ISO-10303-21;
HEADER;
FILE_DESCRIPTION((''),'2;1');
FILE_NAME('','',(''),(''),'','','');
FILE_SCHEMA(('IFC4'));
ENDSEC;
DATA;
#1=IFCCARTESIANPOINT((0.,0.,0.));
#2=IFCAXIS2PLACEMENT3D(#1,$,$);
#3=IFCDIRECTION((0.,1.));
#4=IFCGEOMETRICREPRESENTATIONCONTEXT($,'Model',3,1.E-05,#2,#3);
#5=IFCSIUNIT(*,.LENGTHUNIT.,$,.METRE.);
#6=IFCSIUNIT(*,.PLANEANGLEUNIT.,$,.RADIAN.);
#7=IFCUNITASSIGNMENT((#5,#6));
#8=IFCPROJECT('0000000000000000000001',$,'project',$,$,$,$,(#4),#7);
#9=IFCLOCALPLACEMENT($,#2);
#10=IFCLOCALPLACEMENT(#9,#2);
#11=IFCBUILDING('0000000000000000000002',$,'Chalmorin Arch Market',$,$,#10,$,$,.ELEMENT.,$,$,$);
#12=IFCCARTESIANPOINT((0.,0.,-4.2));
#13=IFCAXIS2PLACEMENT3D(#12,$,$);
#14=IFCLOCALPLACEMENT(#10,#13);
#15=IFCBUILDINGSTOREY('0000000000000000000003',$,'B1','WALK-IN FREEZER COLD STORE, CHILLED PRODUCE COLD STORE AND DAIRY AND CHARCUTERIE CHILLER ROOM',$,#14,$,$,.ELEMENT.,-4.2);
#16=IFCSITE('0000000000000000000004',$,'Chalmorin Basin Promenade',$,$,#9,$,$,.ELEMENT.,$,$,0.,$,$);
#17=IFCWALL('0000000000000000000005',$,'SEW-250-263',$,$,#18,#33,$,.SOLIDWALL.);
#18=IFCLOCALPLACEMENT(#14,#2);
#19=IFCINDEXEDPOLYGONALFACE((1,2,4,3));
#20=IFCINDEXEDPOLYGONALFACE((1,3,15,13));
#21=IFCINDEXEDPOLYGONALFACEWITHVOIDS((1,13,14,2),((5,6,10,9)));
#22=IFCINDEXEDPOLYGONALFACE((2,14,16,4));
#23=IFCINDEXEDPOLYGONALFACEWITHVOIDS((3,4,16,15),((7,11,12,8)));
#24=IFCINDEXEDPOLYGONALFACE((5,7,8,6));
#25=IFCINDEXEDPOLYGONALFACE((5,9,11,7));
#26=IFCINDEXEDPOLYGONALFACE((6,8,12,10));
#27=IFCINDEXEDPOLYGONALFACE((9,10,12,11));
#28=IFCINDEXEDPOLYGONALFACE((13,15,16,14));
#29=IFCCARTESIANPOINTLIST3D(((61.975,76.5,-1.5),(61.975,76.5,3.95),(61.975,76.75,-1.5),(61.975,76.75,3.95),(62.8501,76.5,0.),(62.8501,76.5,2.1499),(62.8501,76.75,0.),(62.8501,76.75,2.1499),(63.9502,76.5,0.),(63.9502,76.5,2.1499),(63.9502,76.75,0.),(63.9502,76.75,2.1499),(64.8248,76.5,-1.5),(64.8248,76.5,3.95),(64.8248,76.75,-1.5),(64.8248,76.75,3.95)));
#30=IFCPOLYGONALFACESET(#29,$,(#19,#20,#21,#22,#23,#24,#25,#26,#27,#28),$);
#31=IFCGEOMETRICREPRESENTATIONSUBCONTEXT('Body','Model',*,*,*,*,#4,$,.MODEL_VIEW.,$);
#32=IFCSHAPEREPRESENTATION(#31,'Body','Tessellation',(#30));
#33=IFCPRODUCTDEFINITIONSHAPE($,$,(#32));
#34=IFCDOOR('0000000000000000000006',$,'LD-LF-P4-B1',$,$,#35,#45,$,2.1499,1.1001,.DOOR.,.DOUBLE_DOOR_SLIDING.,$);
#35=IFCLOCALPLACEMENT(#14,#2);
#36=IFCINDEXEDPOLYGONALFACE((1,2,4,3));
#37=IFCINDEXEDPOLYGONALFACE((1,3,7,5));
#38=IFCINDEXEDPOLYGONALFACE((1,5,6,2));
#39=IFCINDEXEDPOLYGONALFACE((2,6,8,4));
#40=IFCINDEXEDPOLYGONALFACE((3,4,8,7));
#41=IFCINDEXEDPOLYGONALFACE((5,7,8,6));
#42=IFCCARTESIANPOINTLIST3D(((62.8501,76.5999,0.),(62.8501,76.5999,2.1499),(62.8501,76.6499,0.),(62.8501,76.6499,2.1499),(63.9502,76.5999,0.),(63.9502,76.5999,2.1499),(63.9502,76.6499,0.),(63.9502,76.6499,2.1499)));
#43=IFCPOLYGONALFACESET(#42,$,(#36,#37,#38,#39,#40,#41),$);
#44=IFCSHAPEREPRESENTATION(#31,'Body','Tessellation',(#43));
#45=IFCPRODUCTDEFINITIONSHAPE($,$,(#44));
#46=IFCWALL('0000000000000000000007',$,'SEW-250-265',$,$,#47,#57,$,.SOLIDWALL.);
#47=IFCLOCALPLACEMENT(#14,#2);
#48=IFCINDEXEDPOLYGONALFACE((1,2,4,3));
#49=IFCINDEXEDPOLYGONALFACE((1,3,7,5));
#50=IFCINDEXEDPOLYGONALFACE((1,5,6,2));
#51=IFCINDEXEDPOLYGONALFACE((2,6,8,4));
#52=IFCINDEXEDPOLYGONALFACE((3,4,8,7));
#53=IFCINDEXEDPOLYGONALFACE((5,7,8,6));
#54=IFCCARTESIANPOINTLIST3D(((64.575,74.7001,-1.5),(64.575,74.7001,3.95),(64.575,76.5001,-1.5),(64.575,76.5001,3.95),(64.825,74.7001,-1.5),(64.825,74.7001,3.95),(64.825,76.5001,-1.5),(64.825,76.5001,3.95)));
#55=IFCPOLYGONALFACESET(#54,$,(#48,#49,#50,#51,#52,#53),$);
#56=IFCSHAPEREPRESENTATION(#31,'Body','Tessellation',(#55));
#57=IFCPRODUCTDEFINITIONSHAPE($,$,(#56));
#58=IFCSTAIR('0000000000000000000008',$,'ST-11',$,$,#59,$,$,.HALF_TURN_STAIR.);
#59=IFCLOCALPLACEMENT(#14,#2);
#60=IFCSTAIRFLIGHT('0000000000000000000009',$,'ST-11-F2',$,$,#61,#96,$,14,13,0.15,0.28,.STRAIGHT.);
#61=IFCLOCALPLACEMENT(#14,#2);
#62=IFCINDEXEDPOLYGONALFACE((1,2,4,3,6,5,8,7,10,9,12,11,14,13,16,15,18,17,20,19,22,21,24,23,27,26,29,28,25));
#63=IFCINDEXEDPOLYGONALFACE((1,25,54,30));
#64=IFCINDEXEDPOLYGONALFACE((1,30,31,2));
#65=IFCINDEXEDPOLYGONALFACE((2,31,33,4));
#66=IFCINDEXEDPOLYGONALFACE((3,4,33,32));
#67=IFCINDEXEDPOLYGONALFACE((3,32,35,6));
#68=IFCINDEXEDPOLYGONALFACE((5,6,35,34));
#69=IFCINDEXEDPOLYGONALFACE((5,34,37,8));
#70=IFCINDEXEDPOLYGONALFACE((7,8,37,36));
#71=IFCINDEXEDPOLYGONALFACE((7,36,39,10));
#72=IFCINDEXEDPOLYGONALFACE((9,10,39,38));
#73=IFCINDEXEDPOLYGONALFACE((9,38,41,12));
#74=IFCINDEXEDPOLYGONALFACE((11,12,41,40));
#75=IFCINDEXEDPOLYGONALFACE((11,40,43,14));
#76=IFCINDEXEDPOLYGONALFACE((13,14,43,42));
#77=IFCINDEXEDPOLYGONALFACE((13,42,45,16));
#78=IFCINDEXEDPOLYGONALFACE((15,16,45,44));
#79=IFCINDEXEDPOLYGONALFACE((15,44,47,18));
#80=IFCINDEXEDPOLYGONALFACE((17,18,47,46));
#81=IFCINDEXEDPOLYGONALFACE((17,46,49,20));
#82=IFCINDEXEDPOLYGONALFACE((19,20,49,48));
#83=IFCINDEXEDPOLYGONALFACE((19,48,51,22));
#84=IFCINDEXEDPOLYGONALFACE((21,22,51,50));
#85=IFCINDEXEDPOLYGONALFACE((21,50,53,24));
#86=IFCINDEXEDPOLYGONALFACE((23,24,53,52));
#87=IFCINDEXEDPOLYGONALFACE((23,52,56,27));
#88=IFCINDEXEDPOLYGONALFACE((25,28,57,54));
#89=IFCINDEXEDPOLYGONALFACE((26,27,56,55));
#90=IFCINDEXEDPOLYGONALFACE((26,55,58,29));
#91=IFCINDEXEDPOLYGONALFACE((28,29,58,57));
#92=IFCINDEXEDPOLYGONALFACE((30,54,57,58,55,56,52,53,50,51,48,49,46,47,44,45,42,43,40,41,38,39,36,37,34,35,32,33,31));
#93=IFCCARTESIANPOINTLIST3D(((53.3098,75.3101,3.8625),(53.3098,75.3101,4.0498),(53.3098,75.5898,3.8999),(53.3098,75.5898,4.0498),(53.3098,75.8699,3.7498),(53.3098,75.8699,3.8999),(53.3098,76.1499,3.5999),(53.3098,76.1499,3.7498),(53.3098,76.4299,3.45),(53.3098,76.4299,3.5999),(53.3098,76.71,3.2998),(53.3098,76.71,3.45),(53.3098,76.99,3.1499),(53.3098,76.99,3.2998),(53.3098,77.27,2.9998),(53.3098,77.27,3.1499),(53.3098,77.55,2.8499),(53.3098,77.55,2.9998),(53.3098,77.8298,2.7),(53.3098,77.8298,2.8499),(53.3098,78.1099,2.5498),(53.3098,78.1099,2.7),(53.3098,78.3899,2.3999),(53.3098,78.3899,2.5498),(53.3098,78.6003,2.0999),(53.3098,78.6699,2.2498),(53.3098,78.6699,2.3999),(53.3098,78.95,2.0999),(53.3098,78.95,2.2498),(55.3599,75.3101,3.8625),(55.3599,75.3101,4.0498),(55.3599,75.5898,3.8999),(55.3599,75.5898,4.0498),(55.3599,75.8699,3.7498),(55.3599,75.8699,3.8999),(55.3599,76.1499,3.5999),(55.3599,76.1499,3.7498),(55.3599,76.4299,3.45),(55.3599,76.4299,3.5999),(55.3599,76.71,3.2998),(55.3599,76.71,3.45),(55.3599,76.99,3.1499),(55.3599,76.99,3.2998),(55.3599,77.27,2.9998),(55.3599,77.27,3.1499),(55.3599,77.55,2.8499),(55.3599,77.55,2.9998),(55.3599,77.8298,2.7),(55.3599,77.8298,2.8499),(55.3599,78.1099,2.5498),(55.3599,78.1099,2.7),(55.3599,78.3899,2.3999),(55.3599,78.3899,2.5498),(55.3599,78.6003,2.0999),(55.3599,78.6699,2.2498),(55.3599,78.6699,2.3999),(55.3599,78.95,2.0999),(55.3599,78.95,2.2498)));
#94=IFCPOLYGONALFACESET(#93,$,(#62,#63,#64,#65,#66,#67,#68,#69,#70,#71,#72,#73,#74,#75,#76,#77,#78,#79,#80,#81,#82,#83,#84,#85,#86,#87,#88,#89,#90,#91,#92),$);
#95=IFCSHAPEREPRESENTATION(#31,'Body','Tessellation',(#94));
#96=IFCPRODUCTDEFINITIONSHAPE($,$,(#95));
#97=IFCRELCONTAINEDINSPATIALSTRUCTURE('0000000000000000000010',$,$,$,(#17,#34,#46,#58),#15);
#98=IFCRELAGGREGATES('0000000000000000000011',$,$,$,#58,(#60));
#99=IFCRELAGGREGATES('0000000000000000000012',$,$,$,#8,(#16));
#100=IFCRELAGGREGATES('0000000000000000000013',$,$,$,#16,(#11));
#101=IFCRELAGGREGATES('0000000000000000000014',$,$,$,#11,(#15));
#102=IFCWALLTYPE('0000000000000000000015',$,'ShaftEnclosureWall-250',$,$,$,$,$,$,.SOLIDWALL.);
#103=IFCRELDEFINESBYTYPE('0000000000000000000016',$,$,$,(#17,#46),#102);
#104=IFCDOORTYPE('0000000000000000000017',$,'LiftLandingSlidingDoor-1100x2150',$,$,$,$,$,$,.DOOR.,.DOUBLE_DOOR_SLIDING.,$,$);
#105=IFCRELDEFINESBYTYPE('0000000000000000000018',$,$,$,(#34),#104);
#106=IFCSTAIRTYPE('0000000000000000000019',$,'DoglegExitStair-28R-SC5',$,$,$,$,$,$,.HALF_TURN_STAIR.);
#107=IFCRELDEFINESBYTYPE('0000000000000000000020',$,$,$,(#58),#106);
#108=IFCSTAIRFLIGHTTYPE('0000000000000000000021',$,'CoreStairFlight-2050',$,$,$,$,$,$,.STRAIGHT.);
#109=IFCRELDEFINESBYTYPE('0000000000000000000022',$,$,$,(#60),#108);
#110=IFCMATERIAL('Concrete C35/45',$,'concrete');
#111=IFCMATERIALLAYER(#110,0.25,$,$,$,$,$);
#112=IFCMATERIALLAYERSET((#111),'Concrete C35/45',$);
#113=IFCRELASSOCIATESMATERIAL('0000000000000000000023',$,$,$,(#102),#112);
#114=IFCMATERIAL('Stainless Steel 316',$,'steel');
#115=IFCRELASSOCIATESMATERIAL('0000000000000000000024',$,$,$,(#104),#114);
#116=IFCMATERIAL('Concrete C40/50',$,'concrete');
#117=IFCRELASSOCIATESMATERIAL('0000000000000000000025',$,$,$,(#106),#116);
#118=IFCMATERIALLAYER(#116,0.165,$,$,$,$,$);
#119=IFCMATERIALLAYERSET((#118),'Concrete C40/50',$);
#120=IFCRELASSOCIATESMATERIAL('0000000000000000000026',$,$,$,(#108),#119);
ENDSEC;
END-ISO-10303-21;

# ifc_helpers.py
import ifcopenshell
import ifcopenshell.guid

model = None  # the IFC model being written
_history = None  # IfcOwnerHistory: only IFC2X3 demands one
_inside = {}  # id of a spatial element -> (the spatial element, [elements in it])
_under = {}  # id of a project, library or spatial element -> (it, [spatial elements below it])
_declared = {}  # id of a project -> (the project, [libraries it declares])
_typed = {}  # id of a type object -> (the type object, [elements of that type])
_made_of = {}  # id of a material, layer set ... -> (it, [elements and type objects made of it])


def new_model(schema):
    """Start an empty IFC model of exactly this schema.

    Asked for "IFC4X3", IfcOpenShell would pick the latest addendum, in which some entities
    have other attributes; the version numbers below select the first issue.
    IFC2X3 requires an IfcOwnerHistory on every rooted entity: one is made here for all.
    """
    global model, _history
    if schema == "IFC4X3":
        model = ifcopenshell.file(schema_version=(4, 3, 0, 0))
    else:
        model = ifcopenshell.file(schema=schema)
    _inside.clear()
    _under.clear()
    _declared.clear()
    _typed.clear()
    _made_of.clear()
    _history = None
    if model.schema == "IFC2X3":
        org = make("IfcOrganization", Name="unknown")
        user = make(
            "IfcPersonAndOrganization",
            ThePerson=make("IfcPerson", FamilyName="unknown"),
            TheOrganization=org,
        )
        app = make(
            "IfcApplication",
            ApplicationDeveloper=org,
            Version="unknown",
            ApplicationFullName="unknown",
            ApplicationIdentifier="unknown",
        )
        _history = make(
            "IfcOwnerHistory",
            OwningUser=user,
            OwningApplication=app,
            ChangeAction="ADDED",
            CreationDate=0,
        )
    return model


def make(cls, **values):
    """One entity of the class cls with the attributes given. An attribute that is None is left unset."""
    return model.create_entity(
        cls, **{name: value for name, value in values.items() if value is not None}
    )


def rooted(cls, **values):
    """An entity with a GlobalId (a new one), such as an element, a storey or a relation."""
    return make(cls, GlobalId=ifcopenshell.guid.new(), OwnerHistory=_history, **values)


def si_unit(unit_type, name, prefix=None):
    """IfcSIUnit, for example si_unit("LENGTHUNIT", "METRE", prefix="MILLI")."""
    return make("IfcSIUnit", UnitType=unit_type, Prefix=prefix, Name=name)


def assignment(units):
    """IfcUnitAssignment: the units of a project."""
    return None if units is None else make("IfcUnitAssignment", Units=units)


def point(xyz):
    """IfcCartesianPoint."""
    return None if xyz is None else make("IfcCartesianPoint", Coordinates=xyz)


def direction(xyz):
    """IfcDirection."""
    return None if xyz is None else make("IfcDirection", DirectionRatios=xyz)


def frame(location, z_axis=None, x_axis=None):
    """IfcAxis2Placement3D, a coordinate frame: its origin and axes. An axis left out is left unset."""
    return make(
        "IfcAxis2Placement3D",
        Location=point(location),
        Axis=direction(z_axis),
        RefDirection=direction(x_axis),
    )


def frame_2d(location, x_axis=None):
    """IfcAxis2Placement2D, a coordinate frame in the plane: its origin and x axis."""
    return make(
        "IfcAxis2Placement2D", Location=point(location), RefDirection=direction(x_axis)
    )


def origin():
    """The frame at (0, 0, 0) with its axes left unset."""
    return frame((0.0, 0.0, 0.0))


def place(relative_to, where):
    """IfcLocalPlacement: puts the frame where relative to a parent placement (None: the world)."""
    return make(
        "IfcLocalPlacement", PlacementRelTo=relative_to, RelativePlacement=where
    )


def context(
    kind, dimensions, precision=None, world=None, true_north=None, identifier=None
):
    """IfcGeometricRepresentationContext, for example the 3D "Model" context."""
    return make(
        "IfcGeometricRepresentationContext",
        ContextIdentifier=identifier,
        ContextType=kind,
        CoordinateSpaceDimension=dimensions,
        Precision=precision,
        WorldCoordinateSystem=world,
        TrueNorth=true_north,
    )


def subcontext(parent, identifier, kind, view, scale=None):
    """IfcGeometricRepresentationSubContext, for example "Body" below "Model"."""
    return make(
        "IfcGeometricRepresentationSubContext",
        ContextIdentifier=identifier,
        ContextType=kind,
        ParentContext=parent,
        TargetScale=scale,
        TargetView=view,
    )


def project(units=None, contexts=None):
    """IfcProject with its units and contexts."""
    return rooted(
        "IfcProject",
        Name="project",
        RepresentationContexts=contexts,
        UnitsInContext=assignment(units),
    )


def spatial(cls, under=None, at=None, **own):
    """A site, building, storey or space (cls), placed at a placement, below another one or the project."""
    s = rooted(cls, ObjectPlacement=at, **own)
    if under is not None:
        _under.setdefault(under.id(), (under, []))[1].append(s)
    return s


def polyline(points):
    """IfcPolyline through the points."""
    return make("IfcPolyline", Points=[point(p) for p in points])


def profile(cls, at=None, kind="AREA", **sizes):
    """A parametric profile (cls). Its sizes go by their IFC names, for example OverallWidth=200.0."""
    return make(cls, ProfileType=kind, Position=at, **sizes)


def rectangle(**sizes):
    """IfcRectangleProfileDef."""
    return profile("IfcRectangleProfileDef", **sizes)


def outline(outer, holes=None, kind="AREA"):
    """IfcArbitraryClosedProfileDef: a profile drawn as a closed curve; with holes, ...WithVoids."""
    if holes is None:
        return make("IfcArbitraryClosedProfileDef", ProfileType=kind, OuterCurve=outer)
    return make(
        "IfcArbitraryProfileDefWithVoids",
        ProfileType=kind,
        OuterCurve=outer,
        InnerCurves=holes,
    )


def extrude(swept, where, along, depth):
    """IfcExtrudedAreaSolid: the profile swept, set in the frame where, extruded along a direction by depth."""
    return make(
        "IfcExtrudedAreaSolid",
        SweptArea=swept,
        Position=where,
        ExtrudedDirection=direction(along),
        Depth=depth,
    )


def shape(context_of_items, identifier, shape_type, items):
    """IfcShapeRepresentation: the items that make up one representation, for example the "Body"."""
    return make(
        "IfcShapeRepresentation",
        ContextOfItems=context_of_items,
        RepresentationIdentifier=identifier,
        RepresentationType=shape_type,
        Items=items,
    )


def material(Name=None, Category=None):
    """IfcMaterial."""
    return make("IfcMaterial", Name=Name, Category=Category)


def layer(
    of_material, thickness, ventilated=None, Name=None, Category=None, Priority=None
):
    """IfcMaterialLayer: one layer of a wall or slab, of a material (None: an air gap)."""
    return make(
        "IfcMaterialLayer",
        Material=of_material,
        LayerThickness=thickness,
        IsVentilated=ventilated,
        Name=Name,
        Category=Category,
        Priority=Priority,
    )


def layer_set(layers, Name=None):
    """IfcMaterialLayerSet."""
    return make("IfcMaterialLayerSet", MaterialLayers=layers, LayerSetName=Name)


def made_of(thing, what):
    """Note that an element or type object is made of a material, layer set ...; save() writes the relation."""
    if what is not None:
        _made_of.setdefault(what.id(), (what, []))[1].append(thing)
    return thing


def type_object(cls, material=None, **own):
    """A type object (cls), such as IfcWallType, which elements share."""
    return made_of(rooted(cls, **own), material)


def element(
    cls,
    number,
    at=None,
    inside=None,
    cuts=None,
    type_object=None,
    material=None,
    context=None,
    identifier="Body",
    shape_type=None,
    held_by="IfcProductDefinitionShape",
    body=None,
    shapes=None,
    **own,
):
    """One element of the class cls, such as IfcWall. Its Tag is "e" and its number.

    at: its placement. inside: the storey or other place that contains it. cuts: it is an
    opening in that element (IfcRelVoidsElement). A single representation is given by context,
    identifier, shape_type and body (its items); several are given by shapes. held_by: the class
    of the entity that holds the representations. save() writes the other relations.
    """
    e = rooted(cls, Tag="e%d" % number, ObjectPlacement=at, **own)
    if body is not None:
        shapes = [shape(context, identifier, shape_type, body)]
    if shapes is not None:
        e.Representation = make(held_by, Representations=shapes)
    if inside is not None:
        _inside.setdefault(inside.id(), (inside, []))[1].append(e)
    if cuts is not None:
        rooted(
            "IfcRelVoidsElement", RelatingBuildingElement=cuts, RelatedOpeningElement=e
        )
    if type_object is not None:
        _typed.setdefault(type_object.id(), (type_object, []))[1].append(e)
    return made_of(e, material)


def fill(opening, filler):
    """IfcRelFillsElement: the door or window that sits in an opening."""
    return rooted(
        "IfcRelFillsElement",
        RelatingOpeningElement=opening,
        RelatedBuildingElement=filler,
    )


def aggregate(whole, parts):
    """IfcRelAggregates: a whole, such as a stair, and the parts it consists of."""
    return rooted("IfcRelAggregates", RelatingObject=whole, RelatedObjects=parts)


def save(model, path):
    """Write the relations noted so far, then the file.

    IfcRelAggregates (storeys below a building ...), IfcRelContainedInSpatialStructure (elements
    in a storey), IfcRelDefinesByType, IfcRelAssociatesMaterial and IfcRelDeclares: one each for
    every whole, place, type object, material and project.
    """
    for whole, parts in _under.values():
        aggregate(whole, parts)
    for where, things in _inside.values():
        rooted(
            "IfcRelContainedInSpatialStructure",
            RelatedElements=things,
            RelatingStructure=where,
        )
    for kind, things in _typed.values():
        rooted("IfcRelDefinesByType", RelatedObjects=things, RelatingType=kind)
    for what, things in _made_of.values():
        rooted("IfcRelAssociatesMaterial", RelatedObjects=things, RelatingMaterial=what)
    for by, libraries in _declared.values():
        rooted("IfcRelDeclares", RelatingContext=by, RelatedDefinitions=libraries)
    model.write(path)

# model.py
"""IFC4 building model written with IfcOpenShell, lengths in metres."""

from ifc_helpers import new_model, si_unit, direction, frame, frame_2d, origin, place, context, subcontext, project, spatial, polyline, rectangle, outline, extrude, material, layer, layer_set, type_object, element, fill, aggregate, save


model = new_model("IFC4")

# Units and contexts
model_context = context("Model", 3, precision=1e-05, world=origin(), true_north=direction((0.0, 1.0)))
body_context = subcontext(model_context, "Body", "Model", "MODEL_VIEW")
ifc_project = project(units=[si_unit("LENGTHUNIT", "METRE"), si_unit("PLANEANGLEUNIT", "RADIAN")], contexts=[model_context])

# Site, building, storey
site_placement = place(None, origin())
site = spatial("IfcSite", under=ifc_project, at=site_placement, Name="Chalmorin Basin Promenade", CompositionType="ELEMENT", RefElevation=0.0)
building_placement = place(site_placement, origin())
building = spatial("IfcBuilding", under=site, at=building_placement, Name="Chalmorin Arch Market", CompositionType="ELEMENT")
storey_placement = place(building_placement, frame((0.0, 0.0, -4.2)))
storey = spatial("IfcBuildingStorey", under=building, at=storey_placement, Name="B1", Description="WALK-IN FREEZER COLD STORE, CHILLED PRODUCE COLD STORE AND DAIRY AND CHARCUTERIE CHILLER ROOM", CompositionType="ELEMENT", Elevation=-4.2)

# Shared definitions
ifc_material_1 = material(Name="Concrete C40/50", Category="concrete")

# Shared definitions
ifc_material_2 = material(Name="Concrete C35/45", Category="concrete")
ifc_layer_1 = layer(ifc_material_2, 0.25)
ifc_layer_set_1 = layer_set([ifc_layer_1], Name="Concrete C35/45")
wall_type_1 = type_object("IfcWallType", Name="ShaftEnclosureWall-250", PredefinedType="SOLIDWALL", material=ifc_layer_set_1)
ifc_material_3 = material(Name="Stainless Steel 316", Category="steel")
door_type_1 = type_object("IfcDoorType", Name="LiftLandingSlidingDoor-1100x2150", OperationType="DOUBLE_DOOR_SLIDING", PredefinedType="DOOR", material=ifc_material_3)

# Wall, opening, door
wall_1_placement = place(storey_placement, frame((61.9751, 76.625, -1.5), z_axis=(0.0, 0.0, 1.0), x_axis=(1.0, 0.0, 0.0)))
wall_1 = element("IfcWall", 1, at=wall_1_placement, inside=storey, type_object=wall_type_1, Name="SEW-250-263", PredefinedType="SOLIDWALL", context=body_context, shape_type="SweptSolid", body=[
    extrude(rectangle(XDim=2.8499, YDim=0.25, at=frame_2d((1.4248, 0.0))), origin(), (0.0, 0.0, 1.0), 5.45),
])
opening_1_placement = place(wall_1_placement, frame((0.875, 0.0, 1.5)))
opening_1 = element("IfcOpeningElement", 2, at=opening_1_placement, cuts=wall_1, PredefinedType="OPENING", context=body_context, shape_type="SweptSolid", body=[
    extrude(rectangle(XDim=1.1001, YDim=2.1499, at=frame_2d((0.55, 1.075))), frame((0.0, 0.135, 0.0), z_axis=(0.0, -1.0, 0.0), x_axis=(1.0, 0.0, 0.0)), (0.0, 0.0, 1.0), 0.27),
])
door_1_placement = place(opening_1_placement, origin())
door_1 = element("IfcDoor", 3, at=door_1_placement, inside=storey, type_object=door_type_1, Name="LD-LF-P4-B1", OperationType="DOUBLE_DOOR_SLIDING", OverallHeight=2.1499, OverallWidth=1.1001, PredefinedType="DOOR", context=body_context, shape_type="SweptSolid", body=[
    extrude(rectangle(XDim=1.1001, YDim=2.1499, at=frame_2d((0.55, 1.075))), frame((0.0, 0.0249, 0.0), z_axis=(0.0, -1.0, 0.0), x_axis=(1.0, 0.0, 0.0)), (0.0, 0.0, 1.0), 0.05),
])
fill(opening_1, door_1)

# Wall
wall_2_placement = place(storey_placement, frame((64.7, 76.5, -1.5), z_axis=(0.0, 0.0, 1.0), x_axis=(0.0, -1.0, 0.0)))
element("IfcWall", 4, at=wall_2_placement, inside=storey, type_object=wall_type_1, Name="SEW-250-265", PredefinedType="SOLIDWALL", context=body_context, shape_type="SweptSolid", body=[
    extrude(rectangle(XDim=1.8, YDim=0.25, at=frame_2d((0.8999, 0.0))), origin(), (0.0, 0.0, 1.0), 5.45),
])

# Stair, stair flight
stair_type = type_object("IfcStairType", Name="DoglegExitStair-28R-SC5", PredefinedType="HALF_TURN_STAIR", material=ifc_material_1)
stair_placement = place(storey_placement, origin())
stair = element("IfcStair", 5, at=stair_placement, inside=storey, type_object=stair_type, Name="ST-11", PredefinedType="HALF_TURN_STAIR")
ifc_layer_2 = layer(ifc_material_1, 0.165)
ifc_layer_set_2 = layer_set([ifc_layer_2], Name="Concrete C40/50")
stair_flight_type = type_object("IfcStairFlightType", Name="CoreStairFlight-2050", PredefinedType="STRAIGHT", material=ifc_layer_set_2)
stair_flight_placement = place(storey_placement, frame((54.335, 78.95, 2.0999), z_axis=(0.0, 0.0, 1.0), x_axis=(0.0, -1.0, 0.0)))
stair_flight = element("IfcStairFlight", 6, at=stair_flight_placement, type_object=stair_flight_type, Name="ST-11-F2", NumberOfRisers=14, NumberOfTreads=13, PredefinedType="STRAIGHT", RiserHeight=0.15, TreadLength=0.28, context=body_context, shape_type="SweptSolid", body=[
    extrude(outline(polyline([(0.0, 0.0), (0.0, 0.1499), (0.28, 0.1499), (0.28, 0.3), (0.5601, 0.3), (0.5601, 0.45), (0.8401, 0.45), (0.8401, 0.6001), (1.1201, 0.6001), (1.1201, 0.75), (1.3999, 0.75), (1.3999, 0.8999), (1.6799, 0.8999), (1.6799, 1.05), (1.96, 1.05), (1.96, 1.2), (2.24, 1.2), (2.24, 1.3501), (2.52, 1.3501), (2.52, 1.5), (2.8, 1.5), (2.8, 1.6499), (3.0801, 1.6499), (3.0801, 1.8), (3.3601, 1.8), (3.3601, 1.95), (3.6399, 1.95), (3.6399, 2.1001), (3.6399, 1.7627), (0.3496, 0.0), (0.0, 0.0)])), frame((0.0, 1.0249, 0.0), z_axis=(0.0, -1.0, 0.0), x_axis=(1.0, 0.0, 0.0)), (0.0, 0.0, 1.0), 2.05),
])
aggregate(stair, [stair_flight])

save(model, "model.ifc")
